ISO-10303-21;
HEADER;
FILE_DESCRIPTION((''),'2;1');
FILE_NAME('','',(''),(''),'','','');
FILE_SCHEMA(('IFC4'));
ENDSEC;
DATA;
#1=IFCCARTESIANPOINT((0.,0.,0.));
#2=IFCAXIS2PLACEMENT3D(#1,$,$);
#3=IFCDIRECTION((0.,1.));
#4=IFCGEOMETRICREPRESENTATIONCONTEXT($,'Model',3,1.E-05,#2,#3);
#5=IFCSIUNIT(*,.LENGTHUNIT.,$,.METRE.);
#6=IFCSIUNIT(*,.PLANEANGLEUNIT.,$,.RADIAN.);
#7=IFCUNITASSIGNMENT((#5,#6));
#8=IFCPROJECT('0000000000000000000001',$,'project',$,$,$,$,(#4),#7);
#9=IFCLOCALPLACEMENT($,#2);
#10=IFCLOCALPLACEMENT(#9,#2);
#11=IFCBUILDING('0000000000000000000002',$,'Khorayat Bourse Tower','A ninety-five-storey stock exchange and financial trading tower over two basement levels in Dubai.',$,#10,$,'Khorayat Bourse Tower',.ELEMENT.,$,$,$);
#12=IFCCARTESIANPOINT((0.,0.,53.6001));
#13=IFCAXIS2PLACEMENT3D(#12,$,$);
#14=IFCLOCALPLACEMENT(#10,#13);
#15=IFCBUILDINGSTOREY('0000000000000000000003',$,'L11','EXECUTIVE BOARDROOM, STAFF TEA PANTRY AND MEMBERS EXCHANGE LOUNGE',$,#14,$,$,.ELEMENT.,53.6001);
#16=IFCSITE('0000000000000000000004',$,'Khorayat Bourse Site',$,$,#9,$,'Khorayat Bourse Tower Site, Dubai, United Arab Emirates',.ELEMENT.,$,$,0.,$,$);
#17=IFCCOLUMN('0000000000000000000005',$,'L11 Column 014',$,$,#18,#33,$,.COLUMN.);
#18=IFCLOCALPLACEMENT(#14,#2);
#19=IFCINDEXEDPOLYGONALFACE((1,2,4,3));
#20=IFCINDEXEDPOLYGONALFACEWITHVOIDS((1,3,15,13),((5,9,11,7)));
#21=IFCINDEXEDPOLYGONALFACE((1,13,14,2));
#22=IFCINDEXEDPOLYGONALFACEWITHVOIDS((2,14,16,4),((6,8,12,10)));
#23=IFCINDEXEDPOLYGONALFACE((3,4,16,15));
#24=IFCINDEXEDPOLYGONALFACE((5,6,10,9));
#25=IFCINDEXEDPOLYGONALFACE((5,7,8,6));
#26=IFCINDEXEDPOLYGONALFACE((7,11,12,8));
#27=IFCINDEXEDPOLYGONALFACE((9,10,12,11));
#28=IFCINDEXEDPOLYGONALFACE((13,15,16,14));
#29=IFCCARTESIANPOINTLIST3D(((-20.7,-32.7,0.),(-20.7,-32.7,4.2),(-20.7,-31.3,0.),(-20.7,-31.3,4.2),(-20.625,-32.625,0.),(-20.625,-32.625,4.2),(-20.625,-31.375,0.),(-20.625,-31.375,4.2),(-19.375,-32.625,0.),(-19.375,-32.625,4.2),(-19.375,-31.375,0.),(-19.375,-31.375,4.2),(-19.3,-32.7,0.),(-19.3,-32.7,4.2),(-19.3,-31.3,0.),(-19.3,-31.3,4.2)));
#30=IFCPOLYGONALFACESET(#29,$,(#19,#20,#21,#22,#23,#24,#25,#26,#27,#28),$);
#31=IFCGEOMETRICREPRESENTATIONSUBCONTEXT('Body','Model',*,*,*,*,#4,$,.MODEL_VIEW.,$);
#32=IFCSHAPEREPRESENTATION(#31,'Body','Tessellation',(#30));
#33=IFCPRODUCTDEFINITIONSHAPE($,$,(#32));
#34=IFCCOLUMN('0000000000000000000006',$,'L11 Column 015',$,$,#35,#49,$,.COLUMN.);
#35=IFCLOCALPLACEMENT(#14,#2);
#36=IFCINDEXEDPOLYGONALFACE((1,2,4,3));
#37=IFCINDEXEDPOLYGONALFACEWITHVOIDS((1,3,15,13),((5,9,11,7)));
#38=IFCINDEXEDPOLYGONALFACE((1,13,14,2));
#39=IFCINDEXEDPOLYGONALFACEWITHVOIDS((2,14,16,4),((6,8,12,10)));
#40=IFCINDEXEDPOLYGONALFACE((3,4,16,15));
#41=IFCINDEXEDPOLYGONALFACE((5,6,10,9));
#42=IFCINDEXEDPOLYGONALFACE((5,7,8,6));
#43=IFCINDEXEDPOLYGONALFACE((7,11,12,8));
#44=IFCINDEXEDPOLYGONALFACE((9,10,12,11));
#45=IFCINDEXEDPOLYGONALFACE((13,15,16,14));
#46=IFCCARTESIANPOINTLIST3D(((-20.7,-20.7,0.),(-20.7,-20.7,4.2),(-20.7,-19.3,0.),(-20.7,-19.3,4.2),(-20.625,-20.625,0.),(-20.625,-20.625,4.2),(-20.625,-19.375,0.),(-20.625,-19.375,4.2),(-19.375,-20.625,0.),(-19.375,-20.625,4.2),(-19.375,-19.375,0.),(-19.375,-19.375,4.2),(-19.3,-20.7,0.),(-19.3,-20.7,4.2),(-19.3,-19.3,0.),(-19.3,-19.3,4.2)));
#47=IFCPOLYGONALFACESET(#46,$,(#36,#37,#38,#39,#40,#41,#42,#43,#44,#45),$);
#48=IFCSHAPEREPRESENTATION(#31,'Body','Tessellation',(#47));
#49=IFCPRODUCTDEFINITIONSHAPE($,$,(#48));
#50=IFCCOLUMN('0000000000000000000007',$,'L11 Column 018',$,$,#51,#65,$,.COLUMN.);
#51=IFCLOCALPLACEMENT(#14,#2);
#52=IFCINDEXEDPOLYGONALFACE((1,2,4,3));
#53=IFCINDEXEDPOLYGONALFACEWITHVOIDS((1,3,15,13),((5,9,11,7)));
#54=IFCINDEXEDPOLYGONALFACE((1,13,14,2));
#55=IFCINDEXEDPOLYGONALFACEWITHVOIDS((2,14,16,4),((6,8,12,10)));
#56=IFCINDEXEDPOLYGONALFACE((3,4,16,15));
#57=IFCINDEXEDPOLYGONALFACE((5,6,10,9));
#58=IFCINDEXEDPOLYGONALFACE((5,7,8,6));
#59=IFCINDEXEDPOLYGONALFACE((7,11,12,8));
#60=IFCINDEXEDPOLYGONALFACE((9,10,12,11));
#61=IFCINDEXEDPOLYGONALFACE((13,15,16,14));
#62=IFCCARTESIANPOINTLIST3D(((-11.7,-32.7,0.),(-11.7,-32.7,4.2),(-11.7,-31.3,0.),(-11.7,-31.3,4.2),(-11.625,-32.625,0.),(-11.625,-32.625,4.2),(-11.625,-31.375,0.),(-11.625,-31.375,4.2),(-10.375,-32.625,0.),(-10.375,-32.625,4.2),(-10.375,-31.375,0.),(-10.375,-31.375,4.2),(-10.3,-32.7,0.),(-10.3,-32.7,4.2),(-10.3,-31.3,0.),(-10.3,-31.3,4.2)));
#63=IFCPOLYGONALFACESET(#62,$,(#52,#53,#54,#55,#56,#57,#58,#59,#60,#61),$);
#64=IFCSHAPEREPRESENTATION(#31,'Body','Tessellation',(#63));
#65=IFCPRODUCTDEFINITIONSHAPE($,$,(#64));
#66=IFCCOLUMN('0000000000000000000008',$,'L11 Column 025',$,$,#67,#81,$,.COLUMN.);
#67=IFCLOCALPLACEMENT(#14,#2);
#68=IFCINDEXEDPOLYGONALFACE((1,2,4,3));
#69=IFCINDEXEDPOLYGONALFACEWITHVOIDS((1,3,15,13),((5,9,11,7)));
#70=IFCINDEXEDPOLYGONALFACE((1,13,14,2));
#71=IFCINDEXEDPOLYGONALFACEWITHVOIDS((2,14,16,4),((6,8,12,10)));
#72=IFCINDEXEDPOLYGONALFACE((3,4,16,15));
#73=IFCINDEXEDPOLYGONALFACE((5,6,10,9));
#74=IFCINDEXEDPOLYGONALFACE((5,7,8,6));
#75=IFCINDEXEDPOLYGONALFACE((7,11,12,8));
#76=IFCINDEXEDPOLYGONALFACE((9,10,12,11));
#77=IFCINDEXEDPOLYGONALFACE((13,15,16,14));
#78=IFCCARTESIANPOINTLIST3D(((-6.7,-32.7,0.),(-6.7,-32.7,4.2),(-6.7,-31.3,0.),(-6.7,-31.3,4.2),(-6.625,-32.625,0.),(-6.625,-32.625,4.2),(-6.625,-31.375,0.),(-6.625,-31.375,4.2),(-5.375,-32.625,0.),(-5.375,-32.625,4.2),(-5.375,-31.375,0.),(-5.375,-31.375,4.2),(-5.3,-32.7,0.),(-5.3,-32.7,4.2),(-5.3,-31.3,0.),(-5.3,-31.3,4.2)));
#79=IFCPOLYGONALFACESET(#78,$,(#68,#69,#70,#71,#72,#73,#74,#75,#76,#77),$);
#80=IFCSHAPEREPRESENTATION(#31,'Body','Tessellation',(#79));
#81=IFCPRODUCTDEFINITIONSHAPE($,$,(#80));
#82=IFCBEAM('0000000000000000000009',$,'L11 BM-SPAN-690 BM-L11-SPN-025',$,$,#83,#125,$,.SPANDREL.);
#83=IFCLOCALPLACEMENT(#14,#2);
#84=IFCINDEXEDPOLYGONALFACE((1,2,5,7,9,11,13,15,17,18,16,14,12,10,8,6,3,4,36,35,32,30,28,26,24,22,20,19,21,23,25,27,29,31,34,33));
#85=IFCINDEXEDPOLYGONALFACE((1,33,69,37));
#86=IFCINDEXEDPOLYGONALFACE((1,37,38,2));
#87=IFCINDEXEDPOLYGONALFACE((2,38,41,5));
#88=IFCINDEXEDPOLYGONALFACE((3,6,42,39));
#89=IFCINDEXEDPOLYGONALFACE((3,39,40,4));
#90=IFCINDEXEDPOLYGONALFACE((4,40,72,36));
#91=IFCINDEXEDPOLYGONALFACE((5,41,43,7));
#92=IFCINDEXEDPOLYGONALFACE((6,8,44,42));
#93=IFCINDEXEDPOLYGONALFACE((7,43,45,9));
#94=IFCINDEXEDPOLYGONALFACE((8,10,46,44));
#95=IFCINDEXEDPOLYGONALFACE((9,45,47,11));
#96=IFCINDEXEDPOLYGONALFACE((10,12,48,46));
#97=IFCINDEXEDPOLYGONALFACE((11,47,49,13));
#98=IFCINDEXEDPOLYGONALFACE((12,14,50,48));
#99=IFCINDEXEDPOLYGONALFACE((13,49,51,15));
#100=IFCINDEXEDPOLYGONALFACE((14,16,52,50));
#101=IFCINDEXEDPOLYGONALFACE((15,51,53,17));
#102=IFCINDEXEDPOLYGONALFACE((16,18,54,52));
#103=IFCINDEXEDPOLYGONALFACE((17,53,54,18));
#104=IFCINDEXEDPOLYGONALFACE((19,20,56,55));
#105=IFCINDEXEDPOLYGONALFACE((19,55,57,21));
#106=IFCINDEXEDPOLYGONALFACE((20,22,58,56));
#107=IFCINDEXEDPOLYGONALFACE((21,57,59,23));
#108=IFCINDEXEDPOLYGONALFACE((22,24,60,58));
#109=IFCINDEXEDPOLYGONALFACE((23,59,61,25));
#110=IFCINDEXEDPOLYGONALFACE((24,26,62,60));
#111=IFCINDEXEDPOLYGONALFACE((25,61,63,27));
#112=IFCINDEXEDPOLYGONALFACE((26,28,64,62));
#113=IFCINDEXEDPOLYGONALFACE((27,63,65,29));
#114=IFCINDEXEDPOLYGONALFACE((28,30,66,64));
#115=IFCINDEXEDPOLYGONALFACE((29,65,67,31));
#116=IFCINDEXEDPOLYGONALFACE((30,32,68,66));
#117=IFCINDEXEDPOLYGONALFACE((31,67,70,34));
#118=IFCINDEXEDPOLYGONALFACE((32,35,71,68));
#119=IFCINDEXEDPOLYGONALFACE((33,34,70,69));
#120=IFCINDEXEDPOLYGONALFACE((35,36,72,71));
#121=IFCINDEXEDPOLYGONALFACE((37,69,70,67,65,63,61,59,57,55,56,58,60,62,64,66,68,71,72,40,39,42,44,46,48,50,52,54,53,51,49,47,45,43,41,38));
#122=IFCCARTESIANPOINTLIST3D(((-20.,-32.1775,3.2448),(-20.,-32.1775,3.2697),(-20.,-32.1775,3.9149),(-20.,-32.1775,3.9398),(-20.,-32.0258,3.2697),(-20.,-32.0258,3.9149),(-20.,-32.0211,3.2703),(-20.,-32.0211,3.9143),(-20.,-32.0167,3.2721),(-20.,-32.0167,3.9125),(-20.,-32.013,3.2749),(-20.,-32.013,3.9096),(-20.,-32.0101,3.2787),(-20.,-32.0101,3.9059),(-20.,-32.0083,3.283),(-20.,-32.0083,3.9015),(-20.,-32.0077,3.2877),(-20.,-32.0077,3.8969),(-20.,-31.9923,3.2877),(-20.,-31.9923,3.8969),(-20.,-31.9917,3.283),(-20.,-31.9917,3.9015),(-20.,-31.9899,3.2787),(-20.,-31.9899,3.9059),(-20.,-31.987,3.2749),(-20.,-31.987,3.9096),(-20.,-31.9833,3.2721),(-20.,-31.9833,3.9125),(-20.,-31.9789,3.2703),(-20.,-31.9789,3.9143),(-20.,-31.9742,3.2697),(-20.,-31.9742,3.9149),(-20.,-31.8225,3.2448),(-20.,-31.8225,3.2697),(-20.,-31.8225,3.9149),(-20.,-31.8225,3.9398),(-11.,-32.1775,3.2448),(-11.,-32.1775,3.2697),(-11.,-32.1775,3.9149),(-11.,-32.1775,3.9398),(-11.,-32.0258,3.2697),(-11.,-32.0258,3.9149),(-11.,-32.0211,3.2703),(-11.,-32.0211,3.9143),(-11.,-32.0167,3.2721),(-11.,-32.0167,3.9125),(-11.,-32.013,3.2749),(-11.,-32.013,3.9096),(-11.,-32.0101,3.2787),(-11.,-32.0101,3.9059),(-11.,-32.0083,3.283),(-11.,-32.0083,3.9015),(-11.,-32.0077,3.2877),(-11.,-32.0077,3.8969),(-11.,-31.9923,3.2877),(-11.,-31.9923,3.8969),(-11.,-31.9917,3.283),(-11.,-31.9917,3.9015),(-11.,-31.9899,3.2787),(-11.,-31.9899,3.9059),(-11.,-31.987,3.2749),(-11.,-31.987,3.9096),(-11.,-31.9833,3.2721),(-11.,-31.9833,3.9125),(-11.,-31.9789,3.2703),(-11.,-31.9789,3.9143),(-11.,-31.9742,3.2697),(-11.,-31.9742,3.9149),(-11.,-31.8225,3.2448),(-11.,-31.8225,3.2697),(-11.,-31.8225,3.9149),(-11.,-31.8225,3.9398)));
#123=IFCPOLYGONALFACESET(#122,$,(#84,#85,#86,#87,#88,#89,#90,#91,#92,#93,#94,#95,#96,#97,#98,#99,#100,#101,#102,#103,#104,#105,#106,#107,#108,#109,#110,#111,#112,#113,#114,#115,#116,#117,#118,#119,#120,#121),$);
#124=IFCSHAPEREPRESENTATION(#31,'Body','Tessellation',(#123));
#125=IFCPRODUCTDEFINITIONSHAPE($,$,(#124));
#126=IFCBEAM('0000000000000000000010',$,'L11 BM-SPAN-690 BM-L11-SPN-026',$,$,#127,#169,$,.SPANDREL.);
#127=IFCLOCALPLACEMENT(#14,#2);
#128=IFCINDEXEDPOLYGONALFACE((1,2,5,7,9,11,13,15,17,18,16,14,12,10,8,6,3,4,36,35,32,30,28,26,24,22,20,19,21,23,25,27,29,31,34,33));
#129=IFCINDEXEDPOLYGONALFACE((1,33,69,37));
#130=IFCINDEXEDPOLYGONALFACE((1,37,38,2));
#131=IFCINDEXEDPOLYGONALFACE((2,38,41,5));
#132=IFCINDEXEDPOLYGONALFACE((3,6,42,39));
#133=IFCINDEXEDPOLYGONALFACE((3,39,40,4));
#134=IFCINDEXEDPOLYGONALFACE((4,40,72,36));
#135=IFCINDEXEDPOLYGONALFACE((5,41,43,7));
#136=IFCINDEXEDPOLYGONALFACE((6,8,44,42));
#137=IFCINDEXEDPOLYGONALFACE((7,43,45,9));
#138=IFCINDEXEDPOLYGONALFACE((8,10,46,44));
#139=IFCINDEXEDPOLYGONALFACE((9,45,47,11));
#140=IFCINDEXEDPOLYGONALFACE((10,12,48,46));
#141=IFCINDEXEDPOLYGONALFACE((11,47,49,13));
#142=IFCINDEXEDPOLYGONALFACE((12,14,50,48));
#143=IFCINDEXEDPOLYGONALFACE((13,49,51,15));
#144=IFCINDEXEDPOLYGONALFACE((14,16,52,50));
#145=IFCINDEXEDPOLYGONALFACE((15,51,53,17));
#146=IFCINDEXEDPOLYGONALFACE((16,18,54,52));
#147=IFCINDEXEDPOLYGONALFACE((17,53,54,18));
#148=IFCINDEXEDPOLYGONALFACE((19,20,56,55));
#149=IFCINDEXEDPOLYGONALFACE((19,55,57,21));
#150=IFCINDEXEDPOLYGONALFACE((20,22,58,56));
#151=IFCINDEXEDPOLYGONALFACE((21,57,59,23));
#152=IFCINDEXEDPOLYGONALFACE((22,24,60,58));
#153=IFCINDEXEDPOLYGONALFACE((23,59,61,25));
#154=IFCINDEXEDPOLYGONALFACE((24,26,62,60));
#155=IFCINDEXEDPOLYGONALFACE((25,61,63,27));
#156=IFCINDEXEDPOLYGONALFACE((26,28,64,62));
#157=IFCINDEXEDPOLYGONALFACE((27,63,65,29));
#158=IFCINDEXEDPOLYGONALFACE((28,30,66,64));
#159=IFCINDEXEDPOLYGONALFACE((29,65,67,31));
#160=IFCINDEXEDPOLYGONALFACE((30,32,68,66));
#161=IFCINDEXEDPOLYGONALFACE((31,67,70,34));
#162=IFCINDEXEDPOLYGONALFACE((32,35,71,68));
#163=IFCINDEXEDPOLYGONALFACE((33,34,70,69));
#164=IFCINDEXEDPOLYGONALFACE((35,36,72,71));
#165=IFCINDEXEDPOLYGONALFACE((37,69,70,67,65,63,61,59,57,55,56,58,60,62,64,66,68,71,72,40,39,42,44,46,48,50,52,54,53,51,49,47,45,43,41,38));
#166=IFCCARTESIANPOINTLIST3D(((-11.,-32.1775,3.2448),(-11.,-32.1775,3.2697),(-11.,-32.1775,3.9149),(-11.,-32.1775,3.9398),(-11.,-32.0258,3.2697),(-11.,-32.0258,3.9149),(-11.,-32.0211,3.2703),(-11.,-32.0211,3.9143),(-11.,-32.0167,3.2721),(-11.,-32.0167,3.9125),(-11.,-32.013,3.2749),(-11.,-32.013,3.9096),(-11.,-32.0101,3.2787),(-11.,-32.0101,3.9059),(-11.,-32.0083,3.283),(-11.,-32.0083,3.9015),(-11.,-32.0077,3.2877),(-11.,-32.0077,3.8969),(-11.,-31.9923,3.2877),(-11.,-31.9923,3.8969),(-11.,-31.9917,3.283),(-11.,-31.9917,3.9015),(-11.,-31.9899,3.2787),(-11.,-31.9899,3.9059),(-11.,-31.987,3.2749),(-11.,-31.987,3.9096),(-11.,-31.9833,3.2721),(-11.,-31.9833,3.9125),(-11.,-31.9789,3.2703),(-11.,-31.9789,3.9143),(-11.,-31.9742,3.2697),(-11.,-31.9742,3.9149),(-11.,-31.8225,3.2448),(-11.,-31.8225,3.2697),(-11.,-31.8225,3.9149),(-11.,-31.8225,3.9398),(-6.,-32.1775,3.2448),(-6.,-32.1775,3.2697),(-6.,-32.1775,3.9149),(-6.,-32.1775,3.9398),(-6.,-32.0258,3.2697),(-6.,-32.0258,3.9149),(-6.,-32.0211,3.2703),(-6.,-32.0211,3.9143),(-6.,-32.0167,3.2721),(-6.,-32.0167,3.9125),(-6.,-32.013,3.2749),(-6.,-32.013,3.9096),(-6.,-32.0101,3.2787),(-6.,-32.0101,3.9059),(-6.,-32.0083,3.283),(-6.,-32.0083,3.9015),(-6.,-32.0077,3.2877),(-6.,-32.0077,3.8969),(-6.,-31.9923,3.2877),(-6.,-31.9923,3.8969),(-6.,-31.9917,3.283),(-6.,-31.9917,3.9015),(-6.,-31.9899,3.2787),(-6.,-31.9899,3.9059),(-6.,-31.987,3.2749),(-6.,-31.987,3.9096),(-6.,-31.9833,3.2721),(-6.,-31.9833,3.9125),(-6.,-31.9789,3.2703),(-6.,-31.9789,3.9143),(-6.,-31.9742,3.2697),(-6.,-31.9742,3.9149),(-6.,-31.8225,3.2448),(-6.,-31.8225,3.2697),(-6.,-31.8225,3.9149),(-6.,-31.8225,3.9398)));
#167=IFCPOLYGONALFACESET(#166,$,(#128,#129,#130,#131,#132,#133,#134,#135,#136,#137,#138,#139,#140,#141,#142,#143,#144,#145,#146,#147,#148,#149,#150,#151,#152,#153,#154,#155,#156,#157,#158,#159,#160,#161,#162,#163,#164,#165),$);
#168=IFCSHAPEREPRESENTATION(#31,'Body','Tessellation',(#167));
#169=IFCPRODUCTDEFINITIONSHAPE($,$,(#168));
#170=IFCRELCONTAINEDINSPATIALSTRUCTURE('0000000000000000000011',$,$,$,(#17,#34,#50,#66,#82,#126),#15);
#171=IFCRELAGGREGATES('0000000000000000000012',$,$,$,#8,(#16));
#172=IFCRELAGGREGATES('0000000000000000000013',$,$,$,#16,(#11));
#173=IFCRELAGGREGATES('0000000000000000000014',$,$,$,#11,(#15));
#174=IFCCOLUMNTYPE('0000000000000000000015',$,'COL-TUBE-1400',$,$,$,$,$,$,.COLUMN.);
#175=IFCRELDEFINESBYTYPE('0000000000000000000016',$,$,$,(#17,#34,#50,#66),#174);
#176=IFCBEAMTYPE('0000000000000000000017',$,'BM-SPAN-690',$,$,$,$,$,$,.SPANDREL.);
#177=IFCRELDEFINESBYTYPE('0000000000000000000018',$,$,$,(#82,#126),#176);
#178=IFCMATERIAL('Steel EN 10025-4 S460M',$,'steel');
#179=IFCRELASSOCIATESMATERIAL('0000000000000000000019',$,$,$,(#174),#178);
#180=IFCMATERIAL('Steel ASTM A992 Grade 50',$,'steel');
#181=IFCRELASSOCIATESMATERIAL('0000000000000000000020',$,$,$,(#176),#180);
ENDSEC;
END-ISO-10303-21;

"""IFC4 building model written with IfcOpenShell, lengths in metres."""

from ifc_helpers import new_model, si_unit, direction, frame, origin, origin_2d, place, context, subcontext, project, spatial, hollow_rectangle, i_section, extrude, source, transform, mapped, material, material_profile, profile_set, type_object, element, save


model = new_model("IFC4")

# Units and contexts
model_context = context("Model", 3, precision=1e-05, world=origin(), true_north=direction((0.0, 1.0)))
body_context = subcontext(model_context, "Body", "Model", "MODEL_VIEW")
ifc_project = project(units=[si_unit("LENGTHUNIT", "METRE"), si_unit("PLANEANGLEUNIT", "RADIAN")], contexts=[model_context])

# Site, building, storey
site_placement = place(None, origin())
site = spatial("IfcSite", under=ifc_project, at=site_placement, Name="Khorayat Bourse Site", LongName="Khorayat Bourse Tower Site, Dubai, United Arab Emirates", CompositionType="ELEMENT", RefElevation=0.0)
building_placement = place(site_placement, origin())
building = spatial("IfcBuilding", under=site, at=building_placement, Name="Khorayat Bourse Tower", Description="A ninety-five-storey stock exchange and financial trading tower over two basement levels in Dubai.", LongName="Khorayat Bourse Tower", CompositionType="ELEMENT")
storey_placement = place(building_placement, frame((0.0, 0.0, 53.6001)))
storey = spatial("IfcBuildingStorey", under=building, at=storey_placement, Name="L11", Description="EXECUTIVE BOARDROOM, STAFF TEA PANTRY AND MEMBERS EXCHANGE LOUNGE", CompositionType="ELEMENT", Elevation=53.6001)

# Columns
ifc_material_1 = material(Name="Steel EN 10025-4 S460M", Category="steel")
ifc_material_profile_1 = material_profile(ifc_material_1, hollow_rectangle(XDim=1.3999, YDim=1.3999, WallThickness=0.075, at=origin_2d()), Name="BOX 1400x1400x75")
ifc_profile_set_1 = profile_set([ifc_material_profile_1], Name="Steel EN 10025-4 S460M")
column_type = type_object("IfcColumnType", Name="COL-TUBE-1400", PredefinedType="COLUMN", material=ifc_profile_set_1)
shared_shape_1 = source(origin(), body_context, "Body", "SweptSolid", [
    extrude(hollow_rectangle(XDim=1.3999, YDim=1.3999, WallThickness=0.075, at=origin_2d()), origin(), (0.0, 0.0, 1.0), 4.2),
])
for number, where, z_axis, x_axis, name in (
    (1, (-20.0, -32.0, 0.0), (0.0, 0.0, 1.0), (1.0, 0.0, 0.0), "L11 Column 014"),
    (2, (-20.0, -20.0, 0.0), (0.0, 0.0, 1.0), (1.0, 0.0, 0.0), "L11 Column 015"),
    (3, (-11.0, -32.0, 0.0), (0.0, 0.0, 1.0), (1.0, 0.0, 0.0), "L11 Column 018"),
    (4, (-6.0, -32.0, 0.0), (0.0, 0.0, 1.0), (1.0, 0.0, 0.0), "L11 Column 025"),
):
    element("IfcColumn", number, at=place(storey_placement, frame(where, z_axis=z_axis, x_axis=x_axis)), inside=storey, type_object=column_type, Name=name, PredefinedType="COLUMN", context=body_context, shape_type="MappedRepresentation", body=[
        mapped(shared_shape_1, transform((0.0, 0.0, 0.0), scale=1.0)),
    ])

# Beams
ifc_material_2 = material(Name="Steel ASTM A992 Grade 50", Category="steel")
ifc_material_profile_2 = material_profile(ifc_material_2, i_section(OverallWidth=0.355, OverallDepth=0.6951, WebThickness=0.0154, FlangeThickness=0.0249, FilletRadius=0.0181, at=origin_2d()), Name="W690X217")
ifc_profile_set_2 = profile_set([ifc_material_profile_2], Name="Steel ASTM A992 Grade 50")
beam_type_1 = type_object("IfcBeamType", Name="BM-SPAN-690", PredefinedType="SPANDREL", material=ifc_profile_set_2)
shared_shape_2 = source(origin(), body_context, "Body", "SweptSolid", [
    extrude(i_section(OverallWidth=0.355, OverallDepth=0.6951, WebThickness=0.0154, FlangeThickness=0.0249, FilletRadius=0.0181, at=origin_2d()), origin(), (0.0, 0.0, 1.0), 9.0),
])
beam_1_placement = place(storey_placement, frame((-20.0, -32.0, 3.5923), z_axis=(1.0, 0.0, 0.0), x_axis=(0.0, 1.0, 0.0)))
element("IfcBeam", 5, at=beam_1_placement, inside=storey, type_object=beam_type_1, Name="L11 BM-SPAN-690 BM-L11-SPN-025", PredefinedType="SPANDREL", context=body_context, shape_type="MappedRepresentation", body=[
    mapped(shared_shape_2, transform((0.0, 0.0, 0.0), scale=1.0)),
])
shared_shape_3 = source(origin(), body_context, "Body", "SweptSolid", [
    extrude(i_section(OverallWidth=0.355, OverallDepth=0.6951, WebThickness=0.0154, FlangeThickness=0.0249, FilletRadius=0.0181, at=origin_2d()), origin(), (0.0, 0.0, 1.0), 5.0),
])
beam_2_placement = place(storey_placement, frame((-11.0, -32.0, 3.5923), z_axis=(1.0, 0.0, 0.0), x_axis=(0.0, 1.0, 0.0)))
element("IfcBeam", 6, at=beam_2_placement, inside=storey, type_object=beam_type_1, Name="L11 BM-SPAN-690 BM-L11-SPN-026", PredefinedType="SPANDREL", context=body_context, shape_type="MappedRepresentation", body=[
    mapped(shared_shape_3, transform((0.0, 0.0, 0.0), scale=1.0)),
])

save(model, "model.ifc")
